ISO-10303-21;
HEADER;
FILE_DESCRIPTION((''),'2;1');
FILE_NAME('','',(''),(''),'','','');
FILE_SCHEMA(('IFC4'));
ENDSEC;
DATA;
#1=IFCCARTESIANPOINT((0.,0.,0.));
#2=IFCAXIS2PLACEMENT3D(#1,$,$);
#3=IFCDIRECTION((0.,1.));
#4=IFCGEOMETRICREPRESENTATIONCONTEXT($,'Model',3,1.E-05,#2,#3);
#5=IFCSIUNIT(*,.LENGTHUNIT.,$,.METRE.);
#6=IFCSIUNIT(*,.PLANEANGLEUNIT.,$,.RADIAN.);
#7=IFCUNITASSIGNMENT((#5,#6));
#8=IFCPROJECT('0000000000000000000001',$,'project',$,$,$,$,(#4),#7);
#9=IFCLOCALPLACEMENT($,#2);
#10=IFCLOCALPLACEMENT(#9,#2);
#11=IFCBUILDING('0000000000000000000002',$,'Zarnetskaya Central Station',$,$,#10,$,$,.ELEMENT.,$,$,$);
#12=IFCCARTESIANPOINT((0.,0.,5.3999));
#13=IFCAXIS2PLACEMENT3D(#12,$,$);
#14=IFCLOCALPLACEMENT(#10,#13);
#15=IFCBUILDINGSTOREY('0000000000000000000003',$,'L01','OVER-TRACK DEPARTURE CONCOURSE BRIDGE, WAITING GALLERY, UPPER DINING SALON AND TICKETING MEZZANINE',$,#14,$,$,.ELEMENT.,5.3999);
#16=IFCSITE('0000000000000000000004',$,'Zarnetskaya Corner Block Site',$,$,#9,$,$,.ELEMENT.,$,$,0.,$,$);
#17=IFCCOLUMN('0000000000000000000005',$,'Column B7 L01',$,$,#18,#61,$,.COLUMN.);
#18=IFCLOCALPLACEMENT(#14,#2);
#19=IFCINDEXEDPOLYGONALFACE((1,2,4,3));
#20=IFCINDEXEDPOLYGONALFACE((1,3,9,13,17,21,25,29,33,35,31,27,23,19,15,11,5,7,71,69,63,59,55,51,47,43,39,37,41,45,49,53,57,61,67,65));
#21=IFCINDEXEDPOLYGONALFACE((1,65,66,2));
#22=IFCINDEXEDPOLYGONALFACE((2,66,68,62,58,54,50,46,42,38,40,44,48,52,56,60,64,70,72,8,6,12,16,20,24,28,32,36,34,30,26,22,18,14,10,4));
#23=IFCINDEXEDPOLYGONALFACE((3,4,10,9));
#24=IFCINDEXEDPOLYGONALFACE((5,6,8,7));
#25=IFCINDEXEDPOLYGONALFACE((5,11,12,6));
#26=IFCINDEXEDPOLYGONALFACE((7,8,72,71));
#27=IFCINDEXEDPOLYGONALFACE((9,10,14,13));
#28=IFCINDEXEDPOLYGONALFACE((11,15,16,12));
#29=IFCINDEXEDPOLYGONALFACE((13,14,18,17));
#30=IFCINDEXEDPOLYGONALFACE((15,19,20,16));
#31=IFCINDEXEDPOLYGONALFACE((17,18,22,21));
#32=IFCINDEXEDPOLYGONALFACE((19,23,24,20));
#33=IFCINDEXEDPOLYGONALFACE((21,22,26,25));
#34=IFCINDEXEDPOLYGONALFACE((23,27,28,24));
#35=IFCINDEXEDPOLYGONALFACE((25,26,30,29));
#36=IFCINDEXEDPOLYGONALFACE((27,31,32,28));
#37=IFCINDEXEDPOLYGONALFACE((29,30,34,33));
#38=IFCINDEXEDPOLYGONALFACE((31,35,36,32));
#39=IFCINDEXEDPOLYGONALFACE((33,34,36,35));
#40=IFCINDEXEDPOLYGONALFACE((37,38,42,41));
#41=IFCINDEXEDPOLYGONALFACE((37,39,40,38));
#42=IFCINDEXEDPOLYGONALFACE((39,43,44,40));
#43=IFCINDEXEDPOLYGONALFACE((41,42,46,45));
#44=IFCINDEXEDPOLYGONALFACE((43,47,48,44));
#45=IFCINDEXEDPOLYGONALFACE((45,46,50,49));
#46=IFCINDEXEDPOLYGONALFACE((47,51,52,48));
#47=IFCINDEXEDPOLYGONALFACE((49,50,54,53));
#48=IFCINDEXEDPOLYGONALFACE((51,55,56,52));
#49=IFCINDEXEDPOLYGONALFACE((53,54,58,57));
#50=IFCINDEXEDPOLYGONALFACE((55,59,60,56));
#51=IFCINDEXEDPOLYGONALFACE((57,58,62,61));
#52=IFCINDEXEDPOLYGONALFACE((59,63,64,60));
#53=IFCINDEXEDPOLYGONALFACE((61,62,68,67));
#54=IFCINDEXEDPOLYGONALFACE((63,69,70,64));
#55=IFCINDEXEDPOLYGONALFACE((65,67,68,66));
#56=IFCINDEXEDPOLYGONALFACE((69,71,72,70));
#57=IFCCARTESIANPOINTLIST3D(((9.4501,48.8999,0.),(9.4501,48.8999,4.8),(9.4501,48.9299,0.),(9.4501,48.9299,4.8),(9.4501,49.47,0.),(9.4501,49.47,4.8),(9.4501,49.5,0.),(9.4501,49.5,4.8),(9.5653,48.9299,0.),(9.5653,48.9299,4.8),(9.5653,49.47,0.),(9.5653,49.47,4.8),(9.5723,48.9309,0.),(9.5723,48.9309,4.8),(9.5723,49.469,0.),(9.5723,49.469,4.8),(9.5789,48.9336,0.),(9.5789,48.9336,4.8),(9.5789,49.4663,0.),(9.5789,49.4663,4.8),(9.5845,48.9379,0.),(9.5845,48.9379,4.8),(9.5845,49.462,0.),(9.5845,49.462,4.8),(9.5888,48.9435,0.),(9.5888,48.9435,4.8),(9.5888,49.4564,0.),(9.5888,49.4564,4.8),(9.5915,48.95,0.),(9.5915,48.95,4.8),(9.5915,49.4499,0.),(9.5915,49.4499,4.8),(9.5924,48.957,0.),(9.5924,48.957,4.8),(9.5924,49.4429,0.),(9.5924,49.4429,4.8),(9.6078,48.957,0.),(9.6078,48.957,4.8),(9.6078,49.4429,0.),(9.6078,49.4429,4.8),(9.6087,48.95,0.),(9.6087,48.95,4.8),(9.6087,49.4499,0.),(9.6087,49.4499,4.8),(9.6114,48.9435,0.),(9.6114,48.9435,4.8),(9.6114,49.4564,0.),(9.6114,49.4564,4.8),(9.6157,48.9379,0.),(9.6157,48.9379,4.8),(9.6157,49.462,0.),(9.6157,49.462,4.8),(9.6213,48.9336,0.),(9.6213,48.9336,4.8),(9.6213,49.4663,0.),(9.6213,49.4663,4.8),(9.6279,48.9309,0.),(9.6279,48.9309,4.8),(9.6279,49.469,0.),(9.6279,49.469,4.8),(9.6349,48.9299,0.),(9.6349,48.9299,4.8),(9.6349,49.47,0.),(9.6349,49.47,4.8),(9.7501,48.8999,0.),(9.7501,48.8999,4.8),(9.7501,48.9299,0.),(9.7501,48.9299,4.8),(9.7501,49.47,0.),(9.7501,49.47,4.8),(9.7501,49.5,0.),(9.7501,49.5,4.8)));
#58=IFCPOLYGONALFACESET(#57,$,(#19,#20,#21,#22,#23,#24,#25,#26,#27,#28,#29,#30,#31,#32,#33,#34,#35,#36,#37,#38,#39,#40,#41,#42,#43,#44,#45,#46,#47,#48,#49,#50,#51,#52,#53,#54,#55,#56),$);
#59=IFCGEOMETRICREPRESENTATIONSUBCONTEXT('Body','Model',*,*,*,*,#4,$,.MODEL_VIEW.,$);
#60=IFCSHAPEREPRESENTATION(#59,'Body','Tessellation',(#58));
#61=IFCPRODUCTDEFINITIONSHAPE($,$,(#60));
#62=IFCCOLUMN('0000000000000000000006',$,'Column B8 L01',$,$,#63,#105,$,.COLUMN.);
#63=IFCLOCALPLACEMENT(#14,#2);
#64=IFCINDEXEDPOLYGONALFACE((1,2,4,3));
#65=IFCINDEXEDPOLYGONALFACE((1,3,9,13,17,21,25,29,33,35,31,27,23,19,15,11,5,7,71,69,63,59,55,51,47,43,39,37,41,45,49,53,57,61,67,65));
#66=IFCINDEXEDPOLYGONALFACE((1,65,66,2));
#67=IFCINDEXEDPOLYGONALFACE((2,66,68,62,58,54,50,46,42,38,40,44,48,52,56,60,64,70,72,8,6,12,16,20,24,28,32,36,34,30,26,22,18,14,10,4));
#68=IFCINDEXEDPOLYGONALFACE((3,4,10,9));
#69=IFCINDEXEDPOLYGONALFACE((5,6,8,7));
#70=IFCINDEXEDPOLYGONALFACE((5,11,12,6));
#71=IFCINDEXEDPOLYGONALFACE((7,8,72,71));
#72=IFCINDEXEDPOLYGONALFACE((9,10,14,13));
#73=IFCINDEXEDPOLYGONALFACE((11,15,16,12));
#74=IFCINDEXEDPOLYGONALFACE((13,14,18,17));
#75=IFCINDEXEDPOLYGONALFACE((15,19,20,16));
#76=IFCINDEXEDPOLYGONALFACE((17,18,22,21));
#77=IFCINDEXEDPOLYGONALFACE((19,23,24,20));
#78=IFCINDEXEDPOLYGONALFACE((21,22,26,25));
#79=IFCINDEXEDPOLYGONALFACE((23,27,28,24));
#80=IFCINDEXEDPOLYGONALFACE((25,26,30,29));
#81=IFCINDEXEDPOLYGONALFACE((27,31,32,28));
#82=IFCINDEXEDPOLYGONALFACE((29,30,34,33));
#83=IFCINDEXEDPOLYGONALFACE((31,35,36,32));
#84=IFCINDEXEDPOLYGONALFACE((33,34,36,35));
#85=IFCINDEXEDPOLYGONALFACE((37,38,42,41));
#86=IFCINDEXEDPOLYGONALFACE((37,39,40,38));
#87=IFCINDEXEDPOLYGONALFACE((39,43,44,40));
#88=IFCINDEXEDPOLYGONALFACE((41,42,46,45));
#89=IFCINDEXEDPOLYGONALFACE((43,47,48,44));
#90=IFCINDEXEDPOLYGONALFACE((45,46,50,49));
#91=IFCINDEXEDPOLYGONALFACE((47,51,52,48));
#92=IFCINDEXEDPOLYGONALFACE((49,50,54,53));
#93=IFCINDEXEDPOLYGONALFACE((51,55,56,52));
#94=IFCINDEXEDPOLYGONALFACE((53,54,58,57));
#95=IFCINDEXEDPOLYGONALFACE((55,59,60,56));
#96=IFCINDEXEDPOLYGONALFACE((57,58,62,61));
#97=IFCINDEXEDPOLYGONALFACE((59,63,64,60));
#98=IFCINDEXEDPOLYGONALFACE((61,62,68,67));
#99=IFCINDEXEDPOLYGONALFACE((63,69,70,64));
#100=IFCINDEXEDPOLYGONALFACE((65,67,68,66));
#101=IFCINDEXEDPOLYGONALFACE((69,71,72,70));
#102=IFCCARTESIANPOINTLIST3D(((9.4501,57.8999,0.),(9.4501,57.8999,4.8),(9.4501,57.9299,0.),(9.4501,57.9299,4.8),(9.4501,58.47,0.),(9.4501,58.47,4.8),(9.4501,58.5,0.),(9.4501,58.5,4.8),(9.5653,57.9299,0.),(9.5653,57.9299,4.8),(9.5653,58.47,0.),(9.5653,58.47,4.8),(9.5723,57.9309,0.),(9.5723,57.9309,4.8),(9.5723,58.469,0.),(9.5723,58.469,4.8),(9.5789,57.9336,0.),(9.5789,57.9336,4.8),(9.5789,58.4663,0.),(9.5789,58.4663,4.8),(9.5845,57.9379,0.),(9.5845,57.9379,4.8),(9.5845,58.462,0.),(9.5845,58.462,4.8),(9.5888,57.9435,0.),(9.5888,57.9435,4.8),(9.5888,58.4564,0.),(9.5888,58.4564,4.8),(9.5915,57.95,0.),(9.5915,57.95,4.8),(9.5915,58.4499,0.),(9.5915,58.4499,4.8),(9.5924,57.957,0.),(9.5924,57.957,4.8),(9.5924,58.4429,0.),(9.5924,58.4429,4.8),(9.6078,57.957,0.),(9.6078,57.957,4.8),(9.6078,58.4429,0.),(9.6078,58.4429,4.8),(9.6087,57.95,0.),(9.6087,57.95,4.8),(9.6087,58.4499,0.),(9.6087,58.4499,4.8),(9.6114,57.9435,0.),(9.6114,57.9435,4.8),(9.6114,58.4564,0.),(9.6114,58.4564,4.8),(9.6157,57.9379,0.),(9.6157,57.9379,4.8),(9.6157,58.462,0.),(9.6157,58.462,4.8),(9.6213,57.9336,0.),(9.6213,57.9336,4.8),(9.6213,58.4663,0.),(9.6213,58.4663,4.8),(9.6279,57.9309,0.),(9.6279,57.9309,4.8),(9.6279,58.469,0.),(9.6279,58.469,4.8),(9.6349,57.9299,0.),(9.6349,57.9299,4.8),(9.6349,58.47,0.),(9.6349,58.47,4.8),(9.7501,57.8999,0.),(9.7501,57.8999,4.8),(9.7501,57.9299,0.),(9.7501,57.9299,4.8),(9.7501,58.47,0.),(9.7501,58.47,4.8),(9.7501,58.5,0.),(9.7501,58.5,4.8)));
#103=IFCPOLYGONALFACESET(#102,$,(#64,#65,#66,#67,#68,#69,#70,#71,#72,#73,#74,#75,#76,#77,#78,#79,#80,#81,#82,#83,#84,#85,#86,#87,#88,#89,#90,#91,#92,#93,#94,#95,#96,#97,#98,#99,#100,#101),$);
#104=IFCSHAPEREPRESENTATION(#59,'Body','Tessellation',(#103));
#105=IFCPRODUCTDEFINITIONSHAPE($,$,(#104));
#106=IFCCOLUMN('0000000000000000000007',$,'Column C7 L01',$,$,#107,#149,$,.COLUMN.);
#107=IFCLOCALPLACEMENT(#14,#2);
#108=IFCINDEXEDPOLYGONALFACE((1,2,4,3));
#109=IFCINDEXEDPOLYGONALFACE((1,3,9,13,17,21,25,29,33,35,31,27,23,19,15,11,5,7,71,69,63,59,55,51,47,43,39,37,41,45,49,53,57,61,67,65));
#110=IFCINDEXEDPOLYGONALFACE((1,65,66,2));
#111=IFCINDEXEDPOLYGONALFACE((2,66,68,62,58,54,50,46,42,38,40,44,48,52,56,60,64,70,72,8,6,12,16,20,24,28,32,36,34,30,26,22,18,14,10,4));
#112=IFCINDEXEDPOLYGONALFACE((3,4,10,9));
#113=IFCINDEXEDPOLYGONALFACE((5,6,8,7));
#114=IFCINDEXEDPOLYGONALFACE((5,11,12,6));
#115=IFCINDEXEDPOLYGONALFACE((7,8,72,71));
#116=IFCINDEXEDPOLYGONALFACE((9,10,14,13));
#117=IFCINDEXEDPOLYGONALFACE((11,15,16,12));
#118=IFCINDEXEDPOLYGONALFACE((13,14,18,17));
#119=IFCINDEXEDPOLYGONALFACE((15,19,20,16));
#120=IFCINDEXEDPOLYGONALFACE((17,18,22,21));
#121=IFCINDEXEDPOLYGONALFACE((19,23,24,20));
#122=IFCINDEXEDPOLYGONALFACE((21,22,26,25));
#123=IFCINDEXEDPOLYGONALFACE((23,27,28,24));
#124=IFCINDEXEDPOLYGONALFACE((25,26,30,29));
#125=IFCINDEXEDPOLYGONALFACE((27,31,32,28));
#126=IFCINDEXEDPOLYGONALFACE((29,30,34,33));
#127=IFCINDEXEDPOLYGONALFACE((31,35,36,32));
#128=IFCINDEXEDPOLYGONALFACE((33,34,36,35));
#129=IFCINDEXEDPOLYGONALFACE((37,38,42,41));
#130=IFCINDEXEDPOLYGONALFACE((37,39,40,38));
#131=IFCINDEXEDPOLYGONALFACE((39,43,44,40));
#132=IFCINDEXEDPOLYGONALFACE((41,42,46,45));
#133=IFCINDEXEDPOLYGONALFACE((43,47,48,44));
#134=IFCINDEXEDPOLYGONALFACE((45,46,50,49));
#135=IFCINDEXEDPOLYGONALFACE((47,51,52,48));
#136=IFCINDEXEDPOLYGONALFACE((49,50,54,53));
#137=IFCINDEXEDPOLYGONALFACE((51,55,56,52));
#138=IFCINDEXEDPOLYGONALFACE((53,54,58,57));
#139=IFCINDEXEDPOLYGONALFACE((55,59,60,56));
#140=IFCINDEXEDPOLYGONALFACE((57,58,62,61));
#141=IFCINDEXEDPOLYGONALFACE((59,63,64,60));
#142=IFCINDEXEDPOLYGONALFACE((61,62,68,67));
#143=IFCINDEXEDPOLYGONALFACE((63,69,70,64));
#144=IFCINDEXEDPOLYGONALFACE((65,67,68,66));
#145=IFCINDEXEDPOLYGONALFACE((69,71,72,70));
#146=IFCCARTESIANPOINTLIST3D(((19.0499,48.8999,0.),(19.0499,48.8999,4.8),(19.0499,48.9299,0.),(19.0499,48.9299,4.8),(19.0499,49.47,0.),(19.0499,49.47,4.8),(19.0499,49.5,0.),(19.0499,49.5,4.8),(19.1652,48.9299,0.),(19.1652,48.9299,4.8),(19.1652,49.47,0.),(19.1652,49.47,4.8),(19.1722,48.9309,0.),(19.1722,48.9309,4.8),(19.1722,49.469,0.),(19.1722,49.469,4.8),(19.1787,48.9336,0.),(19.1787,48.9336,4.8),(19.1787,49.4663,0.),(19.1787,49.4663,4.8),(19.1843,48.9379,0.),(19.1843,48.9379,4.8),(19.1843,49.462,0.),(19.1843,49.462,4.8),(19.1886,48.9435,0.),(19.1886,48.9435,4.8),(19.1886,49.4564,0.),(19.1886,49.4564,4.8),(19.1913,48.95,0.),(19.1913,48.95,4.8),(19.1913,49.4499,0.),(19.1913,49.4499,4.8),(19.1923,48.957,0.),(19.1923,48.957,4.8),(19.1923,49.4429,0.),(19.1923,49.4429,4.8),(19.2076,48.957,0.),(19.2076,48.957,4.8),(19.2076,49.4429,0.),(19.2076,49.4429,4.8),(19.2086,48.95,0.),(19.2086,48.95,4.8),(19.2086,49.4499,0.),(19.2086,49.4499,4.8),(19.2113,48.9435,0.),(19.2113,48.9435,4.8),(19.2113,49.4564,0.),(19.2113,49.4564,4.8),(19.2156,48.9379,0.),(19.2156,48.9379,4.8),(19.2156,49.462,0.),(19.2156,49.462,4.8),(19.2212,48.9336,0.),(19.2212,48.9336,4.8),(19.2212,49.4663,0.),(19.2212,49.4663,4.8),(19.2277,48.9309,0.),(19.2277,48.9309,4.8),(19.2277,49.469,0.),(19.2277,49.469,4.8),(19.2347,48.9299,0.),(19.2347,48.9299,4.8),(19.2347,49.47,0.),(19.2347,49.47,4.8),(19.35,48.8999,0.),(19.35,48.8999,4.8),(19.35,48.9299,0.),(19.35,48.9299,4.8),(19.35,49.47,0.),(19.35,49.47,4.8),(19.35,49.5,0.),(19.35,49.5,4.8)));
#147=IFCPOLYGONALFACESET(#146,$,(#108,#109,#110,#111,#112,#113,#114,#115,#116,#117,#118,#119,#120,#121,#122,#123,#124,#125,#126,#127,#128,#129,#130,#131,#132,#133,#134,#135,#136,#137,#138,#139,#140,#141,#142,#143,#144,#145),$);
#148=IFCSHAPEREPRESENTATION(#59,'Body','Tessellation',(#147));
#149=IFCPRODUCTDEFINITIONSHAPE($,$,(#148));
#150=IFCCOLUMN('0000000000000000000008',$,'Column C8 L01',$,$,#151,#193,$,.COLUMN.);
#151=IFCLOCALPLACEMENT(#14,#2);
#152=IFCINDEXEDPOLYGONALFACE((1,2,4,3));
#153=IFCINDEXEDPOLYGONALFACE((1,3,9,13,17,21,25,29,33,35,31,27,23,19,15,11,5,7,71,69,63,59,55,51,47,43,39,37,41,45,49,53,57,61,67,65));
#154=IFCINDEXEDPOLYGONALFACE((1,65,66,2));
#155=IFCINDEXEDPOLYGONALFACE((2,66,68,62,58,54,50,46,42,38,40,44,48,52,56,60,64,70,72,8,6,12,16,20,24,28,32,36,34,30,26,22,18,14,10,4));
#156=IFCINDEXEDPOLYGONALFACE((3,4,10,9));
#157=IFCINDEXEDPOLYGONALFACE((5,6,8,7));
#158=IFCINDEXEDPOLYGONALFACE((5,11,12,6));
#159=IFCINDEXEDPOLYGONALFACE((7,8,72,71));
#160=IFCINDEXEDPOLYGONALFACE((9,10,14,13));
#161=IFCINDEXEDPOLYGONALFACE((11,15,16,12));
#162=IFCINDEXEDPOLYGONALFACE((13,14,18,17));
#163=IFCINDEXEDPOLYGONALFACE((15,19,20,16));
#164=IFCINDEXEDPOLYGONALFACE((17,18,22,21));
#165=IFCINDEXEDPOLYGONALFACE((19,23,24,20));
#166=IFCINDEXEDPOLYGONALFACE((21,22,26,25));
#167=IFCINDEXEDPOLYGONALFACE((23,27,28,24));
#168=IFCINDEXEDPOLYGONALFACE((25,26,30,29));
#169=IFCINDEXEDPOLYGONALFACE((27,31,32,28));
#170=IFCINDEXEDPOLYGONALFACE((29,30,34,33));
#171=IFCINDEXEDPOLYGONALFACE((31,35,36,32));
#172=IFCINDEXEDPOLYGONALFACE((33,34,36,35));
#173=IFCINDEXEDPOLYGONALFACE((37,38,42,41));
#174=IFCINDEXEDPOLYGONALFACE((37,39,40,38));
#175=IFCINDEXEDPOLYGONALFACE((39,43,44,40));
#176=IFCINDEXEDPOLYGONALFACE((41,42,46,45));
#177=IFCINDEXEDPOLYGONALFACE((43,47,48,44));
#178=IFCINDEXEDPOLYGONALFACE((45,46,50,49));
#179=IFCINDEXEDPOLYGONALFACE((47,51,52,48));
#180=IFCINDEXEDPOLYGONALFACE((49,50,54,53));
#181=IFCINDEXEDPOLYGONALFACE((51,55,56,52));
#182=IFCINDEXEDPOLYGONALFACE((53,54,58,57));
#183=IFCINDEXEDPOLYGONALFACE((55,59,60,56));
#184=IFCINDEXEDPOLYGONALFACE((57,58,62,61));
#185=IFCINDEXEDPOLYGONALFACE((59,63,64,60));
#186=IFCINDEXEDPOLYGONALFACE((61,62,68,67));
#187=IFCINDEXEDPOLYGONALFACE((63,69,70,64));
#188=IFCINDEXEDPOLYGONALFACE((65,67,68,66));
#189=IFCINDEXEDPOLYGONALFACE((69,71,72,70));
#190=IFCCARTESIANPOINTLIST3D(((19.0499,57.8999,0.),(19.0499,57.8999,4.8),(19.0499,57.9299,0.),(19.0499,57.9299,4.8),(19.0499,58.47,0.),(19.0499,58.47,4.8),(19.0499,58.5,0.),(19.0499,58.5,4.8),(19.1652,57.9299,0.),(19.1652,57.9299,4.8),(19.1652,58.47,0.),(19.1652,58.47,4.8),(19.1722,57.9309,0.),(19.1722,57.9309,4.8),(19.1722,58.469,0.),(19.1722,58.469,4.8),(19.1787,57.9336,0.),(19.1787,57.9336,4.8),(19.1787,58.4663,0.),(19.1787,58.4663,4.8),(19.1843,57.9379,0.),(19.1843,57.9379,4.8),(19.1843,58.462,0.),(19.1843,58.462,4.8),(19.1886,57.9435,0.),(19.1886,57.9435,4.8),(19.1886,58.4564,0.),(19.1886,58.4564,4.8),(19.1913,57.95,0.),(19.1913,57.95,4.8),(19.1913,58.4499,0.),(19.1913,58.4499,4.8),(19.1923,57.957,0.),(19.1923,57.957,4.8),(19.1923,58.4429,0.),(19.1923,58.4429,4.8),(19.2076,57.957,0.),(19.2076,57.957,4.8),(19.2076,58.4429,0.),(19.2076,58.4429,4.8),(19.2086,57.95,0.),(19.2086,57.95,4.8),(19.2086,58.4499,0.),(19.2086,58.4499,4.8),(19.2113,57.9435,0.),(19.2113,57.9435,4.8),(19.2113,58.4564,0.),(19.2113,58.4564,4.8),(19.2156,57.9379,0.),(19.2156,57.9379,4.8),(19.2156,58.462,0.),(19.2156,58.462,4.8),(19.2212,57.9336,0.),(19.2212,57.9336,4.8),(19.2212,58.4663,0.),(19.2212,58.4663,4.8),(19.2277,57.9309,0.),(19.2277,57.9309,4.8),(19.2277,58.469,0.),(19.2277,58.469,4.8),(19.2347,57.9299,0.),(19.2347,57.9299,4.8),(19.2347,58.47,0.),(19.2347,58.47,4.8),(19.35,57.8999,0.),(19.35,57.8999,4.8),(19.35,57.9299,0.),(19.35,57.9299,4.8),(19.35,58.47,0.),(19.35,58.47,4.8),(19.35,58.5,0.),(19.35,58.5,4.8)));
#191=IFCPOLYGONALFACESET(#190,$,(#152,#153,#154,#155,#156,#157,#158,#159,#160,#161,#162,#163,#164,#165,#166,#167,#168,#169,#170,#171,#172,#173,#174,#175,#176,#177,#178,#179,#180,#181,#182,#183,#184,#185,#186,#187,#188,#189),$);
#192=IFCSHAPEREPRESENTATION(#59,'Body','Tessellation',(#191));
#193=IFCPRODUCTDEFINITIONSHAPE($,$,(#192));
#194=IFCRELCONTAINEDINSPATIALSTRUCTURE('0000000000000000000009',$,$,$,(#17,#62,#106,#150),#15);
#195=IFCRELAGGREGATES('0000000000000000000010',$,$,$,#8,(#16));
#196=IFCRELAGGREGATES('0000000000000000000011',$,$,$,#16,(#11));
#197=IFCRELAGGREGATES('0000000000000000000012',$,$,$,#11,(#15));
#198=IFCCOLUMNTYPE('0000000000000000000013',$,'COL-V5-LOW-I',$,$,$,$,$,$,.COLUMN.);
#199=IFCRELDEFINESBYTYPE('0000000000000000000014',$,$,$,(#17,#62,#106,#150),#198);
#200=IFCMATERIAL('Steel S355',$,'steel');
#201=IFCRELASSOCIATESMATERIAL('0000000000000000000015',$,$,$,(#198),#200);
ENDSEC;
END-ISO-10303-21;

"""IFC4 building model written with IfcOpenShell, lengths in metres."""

from ifc_helpers import new_model, si_unit, direction, frame, origin, origin_2d, place, context, subcontext, project, spatial, i_section, extrude, material, material_profile, profile_set, type_object, element, save


model = new_model("IFC4")

# Units and contexts
model_context = context("Model", 3, precision=1e-05, world=origin(), true_north=direction((0.0, 1.0)))
body_context = subcontext(model_context, "Body", "Model", "MODEL_VIEW")
ifc_project = project(units=[si_unit("LENGTHUNIT", "METRE"), si_unit("PLANEANGLEUNIT", "RADIAN")], contexts=[model_context])

# Site, building, storey
site_placement = place(None, origin())
site = spatial("IfcSite", under=ifc_project, at=site_placement, Name="Zarnetskaya Corner Block Site", CompositionType="ELEMENT", RefElevation=0.0)
building_placement = place(site_placement, origin())
building = spatial("IfcBuilding", under=site, at=building_placement, Name="Zarnetskaya Central Station", CompositionType="ELEMENT")
storey_placement = place(building_placement, frame((0.0, 0.0, 5.3999)))
storey = spatial("IfcBuildingStorey", under=building, at=storey_placement, Name="L01", Description="OVER-TRACK DEPARTURE CONCOURSE BRIDGE, WAITING GALLERY, UPPER DINING SALON AND TICKETING MEZZANINE", CompositionType="ELEMENT", Elevation=5.3999)

# Columns
ifc_material_1 = material(Name="Steel S355", Category="steel")
ifc_material_profile_1 = material_profile(ifc_material_1, i_section(OverallWidth=0.3, OverallDepth=0.6001, WebThickness=0.0154, FlangeThickness=0.03, FilletRadius=0.0271, at=origin_2d()), Name="HEB 600")
ifc_profile_set_1 = profile_set([ifc_material_profile_1], Name="Steel S355")
column_type = type_object("IfcColumnType", Name="COL-V5-LOW-I", PredefinedType="COLUMN", material=ifc_profile_set_1)
for number, where, z_axis, x_axis, name in (
    (1, (9.6001, 49.2, 0.0), (0.0, 0.0, 1.0), (1.0, 0.0, 0.0), "Column B7 L01"),
    (2, (9.6001, 58.2, 0.0), (0.0, 0.0, 1.0), (1.0, 0.0, 0.0), "Column B8 L01"),
    (3, (19.2, 49.2, 0.0), (0.0, 0.0, 1.0), (1.0, 0.0, 0.0), "Column C7 L01"),
    (4, (19.2, 58.2, 0.0), (0.0, 0.0, 1.0), (1.0, 0.0, 0.0), "Column C8 L01"),
):
    element("IfcColumn", number, at=place(storey_placement, frame(where, z_axis=z_axis, x_axis=x_axis)), inside=storey, type_object=column_type, Name=name, PredefinedType="COLUMN", context=body_context, shape_type="SweptSolid", body=[
        extrude(i_section(OverallWidth=0.3, OverallDepth=0.6001, WebThickness=0.0154, FlangeThickness=0.03, FilletRadius=0.0271, at=origin_2d()), origin(), (0.0, 0.0, 1.0), 4.8),
    ])

save(model, "model.ifc")
